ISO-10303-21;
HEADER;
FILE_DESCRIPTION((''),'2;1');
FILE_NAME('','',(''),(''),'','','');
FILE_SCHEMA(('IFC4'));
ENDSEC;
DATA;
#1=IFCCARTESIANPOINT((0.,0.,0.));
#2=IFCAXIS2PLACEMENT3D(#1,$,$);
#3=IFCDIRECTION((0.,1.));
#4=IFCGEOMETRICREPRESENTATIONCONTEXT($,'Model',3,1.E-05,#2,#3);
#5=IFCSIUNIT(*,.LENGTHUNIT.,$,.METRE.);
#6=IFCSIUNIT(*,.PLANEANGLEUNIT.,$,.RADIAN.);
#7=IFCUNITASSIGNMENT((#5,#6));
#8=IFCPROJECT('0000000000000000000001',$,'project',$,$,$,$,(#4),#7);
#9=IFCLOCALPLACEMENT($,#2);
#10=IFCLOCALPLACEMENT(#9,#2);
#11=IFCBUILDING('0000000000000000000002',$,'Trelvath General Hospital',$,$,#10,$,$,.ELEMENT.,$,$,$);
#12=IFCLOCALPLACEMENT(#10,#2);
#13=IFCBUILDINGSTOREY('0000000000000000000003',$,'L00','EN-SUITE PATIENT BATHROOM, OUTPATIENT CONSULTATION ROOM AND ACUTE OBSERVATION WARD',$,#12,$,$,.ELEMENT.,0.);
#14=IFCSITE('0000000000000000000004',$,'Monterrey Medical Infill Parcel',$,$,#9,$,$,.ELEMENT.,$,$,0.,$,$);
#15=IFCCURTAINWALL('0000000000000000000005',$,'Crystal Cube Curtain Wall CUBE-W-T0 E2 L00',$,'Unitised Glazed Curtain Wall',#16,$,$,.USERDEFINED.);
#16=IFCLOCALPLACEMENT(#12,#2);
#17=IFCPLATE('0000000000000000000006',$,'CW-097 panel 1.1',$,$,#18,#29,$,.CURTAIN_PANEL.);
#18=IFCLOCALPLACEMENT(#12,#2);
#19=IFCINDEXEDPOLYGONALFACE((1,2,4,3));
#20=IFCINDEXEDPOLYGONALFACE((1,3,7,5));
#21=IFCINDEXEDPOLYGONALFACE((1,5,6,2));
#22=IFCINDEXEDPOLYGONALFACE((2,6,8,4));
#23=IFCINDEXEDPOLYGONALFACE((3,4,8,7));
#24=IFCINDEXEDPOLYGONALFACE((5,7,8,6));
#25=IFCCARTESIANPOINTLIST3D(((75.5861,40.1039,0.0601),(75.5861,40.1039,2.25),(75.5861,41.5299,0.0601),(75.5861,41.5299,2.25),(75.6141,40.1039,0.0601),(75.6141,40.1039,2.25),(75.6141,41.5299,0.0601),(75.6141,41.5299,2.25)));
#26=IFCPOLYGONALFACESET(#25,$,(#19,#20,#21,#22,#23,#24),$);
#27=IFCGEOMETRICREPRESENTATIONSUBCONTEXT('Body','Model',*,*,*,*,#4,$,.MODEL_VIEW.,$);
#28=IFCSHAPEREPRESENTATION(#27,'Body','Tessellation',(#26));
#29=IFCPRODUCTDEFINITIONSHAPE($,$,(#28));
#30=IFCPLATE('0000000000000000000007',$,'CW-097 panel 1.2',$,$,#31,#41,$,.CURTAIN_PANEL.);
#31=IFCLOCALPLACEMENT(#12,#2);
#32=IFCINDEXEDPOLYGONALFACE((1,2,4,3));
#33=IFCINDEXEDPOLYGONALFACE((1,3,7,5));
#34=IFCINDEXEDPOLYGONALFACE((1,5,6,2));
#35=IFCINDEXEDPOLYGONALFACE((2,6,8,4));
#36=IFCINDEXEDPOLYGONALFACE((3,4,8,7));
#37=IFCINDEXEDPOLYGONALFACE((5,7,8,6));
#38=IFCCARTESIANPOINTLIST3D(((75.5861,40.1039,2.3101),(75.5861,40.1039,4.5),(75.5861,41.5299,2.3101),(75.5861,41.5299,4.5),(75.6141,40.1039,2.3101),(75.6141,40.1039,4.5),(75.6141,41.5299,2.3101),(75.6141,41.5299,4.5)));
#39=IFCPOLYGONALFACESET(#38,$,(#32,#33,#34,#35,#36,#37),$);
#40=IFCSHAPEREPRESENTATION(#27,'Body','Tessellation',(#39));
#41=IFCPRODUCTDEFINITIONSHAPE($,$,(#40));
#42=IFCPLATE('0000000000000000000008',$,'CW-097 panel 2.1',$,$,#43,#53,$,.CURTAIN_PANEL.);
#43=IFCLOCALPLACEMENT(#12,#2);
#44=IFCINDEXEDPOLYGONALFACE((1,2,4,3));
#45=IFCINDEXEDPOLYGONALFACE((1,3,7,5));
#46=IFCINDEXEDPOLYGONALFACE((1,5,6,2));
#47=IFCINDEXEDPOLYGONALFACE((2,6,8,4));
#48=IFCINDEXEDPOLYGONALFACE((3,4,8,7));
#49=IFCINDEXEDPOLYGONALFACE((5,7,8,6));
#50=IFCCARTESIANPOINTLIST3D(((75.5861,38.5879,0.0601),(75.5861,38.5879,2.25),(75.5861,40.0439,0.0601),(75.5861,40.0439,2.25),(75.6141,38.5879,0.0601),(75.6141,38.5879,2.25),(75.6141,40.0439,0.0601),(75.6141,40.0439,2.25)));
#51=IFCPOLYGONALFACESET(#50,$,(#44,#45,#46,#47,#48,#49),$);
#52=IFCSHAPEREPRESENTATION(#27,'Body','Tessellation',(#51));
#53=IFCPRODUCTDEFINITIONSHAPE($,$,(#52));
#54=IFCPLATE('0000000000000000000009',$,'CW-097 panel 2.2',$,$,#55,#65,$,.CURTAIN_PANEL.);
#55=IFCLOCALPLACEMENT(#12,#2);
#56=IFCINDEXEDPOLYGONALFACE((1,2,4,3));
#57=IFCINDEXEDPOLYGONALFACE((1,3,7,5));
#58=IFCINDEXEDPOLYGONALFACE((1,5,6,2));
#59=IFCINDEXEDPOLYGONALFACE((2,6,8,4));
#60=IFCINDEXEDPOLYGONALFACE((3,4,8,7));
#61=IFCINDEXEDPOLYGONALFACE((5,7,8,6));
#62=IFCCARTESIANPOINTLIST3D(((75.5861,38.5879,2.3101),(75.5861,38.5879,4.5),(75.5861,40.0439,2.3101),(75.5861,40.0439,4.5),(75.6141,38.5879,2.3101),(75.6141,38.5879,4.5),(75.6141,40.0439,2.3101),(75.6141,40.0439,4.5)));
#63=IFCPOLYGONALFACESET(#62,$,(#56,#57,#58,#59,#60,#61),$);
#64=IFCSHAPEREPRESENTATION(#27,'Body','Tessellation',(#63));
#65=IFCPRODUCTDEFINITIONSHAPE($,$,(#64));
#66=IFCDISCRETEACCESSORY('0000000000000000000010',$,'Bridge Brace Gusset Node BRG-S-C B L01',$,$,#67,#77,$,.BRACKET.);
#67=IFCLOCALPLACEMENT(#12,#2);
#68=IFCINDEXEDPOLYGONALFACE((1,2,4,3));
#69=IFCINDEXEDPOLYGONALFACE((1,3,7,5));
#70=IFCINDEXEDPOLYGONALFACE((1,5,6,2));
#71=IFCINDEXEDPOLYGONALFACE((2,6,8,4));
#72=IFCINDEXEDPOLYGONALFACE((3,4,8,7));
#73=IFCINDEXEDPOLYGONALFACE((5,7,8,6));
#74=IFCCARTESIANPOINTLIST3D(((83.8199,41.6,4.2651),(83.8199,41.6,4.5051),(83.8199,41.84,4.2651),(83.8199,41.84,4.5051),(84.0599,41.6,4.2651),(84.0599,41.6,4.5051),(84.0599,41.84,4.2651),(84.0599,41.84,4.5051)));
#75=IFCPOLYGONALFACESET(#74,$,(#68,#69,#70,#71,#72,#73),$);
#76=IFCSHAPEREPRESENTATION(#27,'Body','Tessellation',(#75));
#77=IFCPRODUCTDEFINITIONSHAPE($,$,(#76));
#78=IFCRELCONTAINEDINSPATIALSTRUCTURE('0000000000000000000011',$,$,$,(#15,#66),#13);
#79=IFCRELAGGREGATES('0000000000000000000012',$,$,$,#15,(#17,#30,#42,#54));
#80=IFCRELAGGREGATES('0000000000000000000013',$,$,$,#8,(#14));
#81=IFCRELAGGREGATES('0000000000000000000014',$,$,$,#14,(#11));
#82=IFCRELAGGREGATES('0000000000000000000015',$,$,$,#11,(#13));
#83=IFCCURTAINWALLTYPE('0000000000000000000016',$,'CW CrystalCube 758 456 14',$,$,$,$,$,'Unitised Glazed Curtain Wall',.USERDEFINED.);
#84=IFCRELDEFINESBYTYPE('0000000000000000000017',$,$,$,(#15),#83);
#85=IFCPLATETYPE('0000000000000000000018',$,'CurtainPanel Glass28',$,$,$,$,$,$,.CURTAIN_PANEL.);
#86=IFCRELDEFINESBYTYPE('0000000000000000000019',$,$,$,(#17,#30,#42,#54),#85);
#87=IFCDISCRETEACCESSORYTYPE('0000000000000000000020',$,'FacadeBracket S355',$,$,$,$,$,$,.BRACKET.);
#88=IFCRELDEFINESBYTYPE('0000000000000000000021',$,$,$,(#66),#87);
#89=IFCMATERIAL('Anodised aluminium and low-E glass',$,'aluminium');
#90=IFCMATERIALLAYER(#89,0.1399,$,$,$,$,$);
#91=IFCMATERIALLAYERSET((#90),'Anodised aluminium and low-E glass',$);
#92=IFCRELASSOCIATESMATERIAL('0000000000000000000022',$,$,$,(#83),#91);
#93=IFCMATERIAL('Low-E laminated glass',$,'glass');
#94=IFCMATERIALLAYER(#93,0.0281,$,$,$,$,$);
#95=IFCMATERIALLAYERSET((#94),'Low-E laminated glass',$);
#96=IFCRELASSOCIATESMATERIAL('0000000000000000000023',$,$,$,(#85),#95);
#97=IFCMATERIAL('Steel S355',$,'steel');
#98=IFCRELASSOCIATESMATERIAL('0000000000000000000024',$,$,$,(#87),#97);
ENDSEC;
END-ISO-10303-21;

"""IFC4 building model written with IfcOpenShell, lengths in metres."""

from ifc_helpers import new_model, si_unit, direction, frame, origin, origin_2d, place, context, subcontext, project, spatial, rectangle, extrude, material, layer, layer_set, type_object, element, aggregate, save


model = new_model("IFC4")

# Units and contexts
model_context = context("Model", 3, precision=1e-05, world=origin(), true_north=direction((0.0, 1.0)))
body_context = subcontext(model_context, "Body", "Model", "MODEL_VIEW")
ifc_project = project(units=[si_unit("LENGTHUNIT", "METRE"), si_unit("PLANEANGLEUNIT", "RADIAN")], contexts=[model_context])

# Site, building, storey
site_placement = place(None, origin())
site = spatial("IfcSite", under=ifc_project, at=site_placement, Name="Monterrey Medical Infill Parcel", CompositionType="ELEMENT", RefElevation=0.0)
building_placement = place(site_placement, origin())
building = spatial("IfcBuilding", under=site, at=building_placement, Name="Trelvath General Hospital", CompositionType="ELEMENT")
storey_placement = place(building_placement, origin())
storey = spatial("IfcBuildingStorey", under=building, at=storey_placement, Name="L00", Description="EN-SUITE PATIENT BATHROOM, OUTPATIENT CONSULTATION ROOM AND ACUTE OBSERVATION WARD", CompositionType="ELEMENT", Elevation=0.0)

# Curtain wall
ifc_material_1 = material(Name="Anodised aluminium and low-E glass", Category="aluminium")
ifc_layer_1 = layer(ifc_material_1, 0.1399)
ifc_layer_set_1 = layer_set([ifc_layer_1], Name="Anodised aluminium and low-E glass")
curtain_wall_type = type_object("IfcCurtainWallType", Name="CW CrystalCube 758 456 14", ElementType="Unitised Glazed Curtain Wall", PredefinedType="USERDEFINED", material=ifc_layer_set_1)
curtain_wall_placement = place(storey_placement, origin())
curtain_wall = element("IfcCurtainWall", 1, at=curtain_wall_placement, inside=storey, type_object=curtain_wall_type, Name="Crystal Cube Curtain Wall CUBE-W-T0 E2 L00", ObjectType="Unitised Glazed Curtain Wall", PredefinedType="USERDEFINED")

# Plates
ifc_material_2 = material(Name="Low-E laminated glass", Category="glass")
ifc_layer_2 = layer(ifc_material_2, 0.0281)
ifc_layer_set_2 = layer_set([ifc_layer_2], Name="Low-E laminated glass")
plate_type_1 = type_object("IfcPlateType", Name="CurtainPanel Glass28", PredefinedType="CURTAIN_PANEL", material=ifc_layer_set_2)
plate_1_placement = place(storey_placement, frame((75.6001, 40.8169, 0.0601), z_axis=(0.0, 0.0, 1.0), x_axis=(0.0, -1.0, 0.0)))
plate_1 = element("IfcPlate", 2, at=plate_1_placement, type_object=plate_type_1, Name="CW-097 panel 1.1", PredefinedType="CURTAIN_PANEL", context=body_context, shape_type="SweptSolid", body=[
    extrude(rectangle(XDim=1.426, YDim=0.0281, at=origin_2d()), origin(), (0.0, 0.0, 1.0), 2.1899),
])
plate_2_placement = place(storey_placement, frame((75.6001, 40.8169, 2.3101), z_axis=(0.0, 0.0, 1.0), x_axis=(0.0, -1.0, 0.0)))
plate_2 = element("IfcPlate", 3, at=plate_2_placement, type_object=plate_type_1, Name="CW-097 panel 1.2", PredefinedType="CURTAIN_PANEL", context=body_context, shape_type="SweptSolid", body=[
    extrude(rectangle(XDim=1.426, YDim=0.0281, at=origin_2d()), origin(), (0.0, 0.0, 1.0), 2.1899),
])
plate_3_placement = place(storey_placement, frame((75.6001, 39.3159, 0.0601), z_axis=(0.0, 0.0, 1.0), x_axis=(0.0, -1.0, 0.0)))
plate_3 = element("IfcPlate", 4, at=plate_3_placement, type_object=plate_type_1, Name="CW-097 panel 2.1", PredefinedType="CURTAIN_PANEL", context=body_context, shape_type="SweptSolid", body=[
    extrude(rectangle(XDim=1.4561, YDim=0.0281, at=origin_2d()), origin(), (0.0, 0.0, 1.0), 2.1899),
])
plate_4_placement = place(storey_placement, frame((75.6001, 39.3159, 2.3101), z_axis=(0.0, 0.0, 1.0), x_axis=(0.0, -1.0, 0.0)))
plate_4 = element("IfcPlate", 5, at=plate_4_placement, type_object=plate_type_1, Name="CW-097 panel 2.2", PredefinedType="CURTAIN_PANEL", context=body_context, shape_type="SweptSolid", body=[
    extrude(rectangle(XDim=1.4561, YDim=0.0281, at=origin_2d()), origin(), (0.0, 0.0, 1.0), 2.1899),
])
aggregate(curtain_wall, [plate_1, plate_2, plate_3, plate_4])

# Discrete accessory
ifc_material_3 = material(Name="Steel S355", Category="steel")
discrete_accessory_type = type_object("IfcDiscreteAccessoryType", Name="FacadeBracket S355", PredefinedType="BRACKET", material=ifc_material_3)
discrete_accessory_placement = place(storey_placement, frame((83.9399, 41.72, 4.2651), z_axis=(0.0, 0.0, 1.0), x_axis=(1.0, 0.0, 0.0)))
element("IfcDiscreteAccessory", 6, at=discrete_accessory_placement, inside=storey, type_object=discrete_accessory_type, Name="Bridge Brace Gusset Node BRG-S-C B L01", PredefinedType="BRACKET", context=body_context, shape_type="SweptSolid", body=[
    extrude(rectangle(XDim=0.24, YDim=0.24, at=origin_2d()), origin(), (0.0, 0.0, 1.0), 0.24),
])

save(model, "model.ifc")
